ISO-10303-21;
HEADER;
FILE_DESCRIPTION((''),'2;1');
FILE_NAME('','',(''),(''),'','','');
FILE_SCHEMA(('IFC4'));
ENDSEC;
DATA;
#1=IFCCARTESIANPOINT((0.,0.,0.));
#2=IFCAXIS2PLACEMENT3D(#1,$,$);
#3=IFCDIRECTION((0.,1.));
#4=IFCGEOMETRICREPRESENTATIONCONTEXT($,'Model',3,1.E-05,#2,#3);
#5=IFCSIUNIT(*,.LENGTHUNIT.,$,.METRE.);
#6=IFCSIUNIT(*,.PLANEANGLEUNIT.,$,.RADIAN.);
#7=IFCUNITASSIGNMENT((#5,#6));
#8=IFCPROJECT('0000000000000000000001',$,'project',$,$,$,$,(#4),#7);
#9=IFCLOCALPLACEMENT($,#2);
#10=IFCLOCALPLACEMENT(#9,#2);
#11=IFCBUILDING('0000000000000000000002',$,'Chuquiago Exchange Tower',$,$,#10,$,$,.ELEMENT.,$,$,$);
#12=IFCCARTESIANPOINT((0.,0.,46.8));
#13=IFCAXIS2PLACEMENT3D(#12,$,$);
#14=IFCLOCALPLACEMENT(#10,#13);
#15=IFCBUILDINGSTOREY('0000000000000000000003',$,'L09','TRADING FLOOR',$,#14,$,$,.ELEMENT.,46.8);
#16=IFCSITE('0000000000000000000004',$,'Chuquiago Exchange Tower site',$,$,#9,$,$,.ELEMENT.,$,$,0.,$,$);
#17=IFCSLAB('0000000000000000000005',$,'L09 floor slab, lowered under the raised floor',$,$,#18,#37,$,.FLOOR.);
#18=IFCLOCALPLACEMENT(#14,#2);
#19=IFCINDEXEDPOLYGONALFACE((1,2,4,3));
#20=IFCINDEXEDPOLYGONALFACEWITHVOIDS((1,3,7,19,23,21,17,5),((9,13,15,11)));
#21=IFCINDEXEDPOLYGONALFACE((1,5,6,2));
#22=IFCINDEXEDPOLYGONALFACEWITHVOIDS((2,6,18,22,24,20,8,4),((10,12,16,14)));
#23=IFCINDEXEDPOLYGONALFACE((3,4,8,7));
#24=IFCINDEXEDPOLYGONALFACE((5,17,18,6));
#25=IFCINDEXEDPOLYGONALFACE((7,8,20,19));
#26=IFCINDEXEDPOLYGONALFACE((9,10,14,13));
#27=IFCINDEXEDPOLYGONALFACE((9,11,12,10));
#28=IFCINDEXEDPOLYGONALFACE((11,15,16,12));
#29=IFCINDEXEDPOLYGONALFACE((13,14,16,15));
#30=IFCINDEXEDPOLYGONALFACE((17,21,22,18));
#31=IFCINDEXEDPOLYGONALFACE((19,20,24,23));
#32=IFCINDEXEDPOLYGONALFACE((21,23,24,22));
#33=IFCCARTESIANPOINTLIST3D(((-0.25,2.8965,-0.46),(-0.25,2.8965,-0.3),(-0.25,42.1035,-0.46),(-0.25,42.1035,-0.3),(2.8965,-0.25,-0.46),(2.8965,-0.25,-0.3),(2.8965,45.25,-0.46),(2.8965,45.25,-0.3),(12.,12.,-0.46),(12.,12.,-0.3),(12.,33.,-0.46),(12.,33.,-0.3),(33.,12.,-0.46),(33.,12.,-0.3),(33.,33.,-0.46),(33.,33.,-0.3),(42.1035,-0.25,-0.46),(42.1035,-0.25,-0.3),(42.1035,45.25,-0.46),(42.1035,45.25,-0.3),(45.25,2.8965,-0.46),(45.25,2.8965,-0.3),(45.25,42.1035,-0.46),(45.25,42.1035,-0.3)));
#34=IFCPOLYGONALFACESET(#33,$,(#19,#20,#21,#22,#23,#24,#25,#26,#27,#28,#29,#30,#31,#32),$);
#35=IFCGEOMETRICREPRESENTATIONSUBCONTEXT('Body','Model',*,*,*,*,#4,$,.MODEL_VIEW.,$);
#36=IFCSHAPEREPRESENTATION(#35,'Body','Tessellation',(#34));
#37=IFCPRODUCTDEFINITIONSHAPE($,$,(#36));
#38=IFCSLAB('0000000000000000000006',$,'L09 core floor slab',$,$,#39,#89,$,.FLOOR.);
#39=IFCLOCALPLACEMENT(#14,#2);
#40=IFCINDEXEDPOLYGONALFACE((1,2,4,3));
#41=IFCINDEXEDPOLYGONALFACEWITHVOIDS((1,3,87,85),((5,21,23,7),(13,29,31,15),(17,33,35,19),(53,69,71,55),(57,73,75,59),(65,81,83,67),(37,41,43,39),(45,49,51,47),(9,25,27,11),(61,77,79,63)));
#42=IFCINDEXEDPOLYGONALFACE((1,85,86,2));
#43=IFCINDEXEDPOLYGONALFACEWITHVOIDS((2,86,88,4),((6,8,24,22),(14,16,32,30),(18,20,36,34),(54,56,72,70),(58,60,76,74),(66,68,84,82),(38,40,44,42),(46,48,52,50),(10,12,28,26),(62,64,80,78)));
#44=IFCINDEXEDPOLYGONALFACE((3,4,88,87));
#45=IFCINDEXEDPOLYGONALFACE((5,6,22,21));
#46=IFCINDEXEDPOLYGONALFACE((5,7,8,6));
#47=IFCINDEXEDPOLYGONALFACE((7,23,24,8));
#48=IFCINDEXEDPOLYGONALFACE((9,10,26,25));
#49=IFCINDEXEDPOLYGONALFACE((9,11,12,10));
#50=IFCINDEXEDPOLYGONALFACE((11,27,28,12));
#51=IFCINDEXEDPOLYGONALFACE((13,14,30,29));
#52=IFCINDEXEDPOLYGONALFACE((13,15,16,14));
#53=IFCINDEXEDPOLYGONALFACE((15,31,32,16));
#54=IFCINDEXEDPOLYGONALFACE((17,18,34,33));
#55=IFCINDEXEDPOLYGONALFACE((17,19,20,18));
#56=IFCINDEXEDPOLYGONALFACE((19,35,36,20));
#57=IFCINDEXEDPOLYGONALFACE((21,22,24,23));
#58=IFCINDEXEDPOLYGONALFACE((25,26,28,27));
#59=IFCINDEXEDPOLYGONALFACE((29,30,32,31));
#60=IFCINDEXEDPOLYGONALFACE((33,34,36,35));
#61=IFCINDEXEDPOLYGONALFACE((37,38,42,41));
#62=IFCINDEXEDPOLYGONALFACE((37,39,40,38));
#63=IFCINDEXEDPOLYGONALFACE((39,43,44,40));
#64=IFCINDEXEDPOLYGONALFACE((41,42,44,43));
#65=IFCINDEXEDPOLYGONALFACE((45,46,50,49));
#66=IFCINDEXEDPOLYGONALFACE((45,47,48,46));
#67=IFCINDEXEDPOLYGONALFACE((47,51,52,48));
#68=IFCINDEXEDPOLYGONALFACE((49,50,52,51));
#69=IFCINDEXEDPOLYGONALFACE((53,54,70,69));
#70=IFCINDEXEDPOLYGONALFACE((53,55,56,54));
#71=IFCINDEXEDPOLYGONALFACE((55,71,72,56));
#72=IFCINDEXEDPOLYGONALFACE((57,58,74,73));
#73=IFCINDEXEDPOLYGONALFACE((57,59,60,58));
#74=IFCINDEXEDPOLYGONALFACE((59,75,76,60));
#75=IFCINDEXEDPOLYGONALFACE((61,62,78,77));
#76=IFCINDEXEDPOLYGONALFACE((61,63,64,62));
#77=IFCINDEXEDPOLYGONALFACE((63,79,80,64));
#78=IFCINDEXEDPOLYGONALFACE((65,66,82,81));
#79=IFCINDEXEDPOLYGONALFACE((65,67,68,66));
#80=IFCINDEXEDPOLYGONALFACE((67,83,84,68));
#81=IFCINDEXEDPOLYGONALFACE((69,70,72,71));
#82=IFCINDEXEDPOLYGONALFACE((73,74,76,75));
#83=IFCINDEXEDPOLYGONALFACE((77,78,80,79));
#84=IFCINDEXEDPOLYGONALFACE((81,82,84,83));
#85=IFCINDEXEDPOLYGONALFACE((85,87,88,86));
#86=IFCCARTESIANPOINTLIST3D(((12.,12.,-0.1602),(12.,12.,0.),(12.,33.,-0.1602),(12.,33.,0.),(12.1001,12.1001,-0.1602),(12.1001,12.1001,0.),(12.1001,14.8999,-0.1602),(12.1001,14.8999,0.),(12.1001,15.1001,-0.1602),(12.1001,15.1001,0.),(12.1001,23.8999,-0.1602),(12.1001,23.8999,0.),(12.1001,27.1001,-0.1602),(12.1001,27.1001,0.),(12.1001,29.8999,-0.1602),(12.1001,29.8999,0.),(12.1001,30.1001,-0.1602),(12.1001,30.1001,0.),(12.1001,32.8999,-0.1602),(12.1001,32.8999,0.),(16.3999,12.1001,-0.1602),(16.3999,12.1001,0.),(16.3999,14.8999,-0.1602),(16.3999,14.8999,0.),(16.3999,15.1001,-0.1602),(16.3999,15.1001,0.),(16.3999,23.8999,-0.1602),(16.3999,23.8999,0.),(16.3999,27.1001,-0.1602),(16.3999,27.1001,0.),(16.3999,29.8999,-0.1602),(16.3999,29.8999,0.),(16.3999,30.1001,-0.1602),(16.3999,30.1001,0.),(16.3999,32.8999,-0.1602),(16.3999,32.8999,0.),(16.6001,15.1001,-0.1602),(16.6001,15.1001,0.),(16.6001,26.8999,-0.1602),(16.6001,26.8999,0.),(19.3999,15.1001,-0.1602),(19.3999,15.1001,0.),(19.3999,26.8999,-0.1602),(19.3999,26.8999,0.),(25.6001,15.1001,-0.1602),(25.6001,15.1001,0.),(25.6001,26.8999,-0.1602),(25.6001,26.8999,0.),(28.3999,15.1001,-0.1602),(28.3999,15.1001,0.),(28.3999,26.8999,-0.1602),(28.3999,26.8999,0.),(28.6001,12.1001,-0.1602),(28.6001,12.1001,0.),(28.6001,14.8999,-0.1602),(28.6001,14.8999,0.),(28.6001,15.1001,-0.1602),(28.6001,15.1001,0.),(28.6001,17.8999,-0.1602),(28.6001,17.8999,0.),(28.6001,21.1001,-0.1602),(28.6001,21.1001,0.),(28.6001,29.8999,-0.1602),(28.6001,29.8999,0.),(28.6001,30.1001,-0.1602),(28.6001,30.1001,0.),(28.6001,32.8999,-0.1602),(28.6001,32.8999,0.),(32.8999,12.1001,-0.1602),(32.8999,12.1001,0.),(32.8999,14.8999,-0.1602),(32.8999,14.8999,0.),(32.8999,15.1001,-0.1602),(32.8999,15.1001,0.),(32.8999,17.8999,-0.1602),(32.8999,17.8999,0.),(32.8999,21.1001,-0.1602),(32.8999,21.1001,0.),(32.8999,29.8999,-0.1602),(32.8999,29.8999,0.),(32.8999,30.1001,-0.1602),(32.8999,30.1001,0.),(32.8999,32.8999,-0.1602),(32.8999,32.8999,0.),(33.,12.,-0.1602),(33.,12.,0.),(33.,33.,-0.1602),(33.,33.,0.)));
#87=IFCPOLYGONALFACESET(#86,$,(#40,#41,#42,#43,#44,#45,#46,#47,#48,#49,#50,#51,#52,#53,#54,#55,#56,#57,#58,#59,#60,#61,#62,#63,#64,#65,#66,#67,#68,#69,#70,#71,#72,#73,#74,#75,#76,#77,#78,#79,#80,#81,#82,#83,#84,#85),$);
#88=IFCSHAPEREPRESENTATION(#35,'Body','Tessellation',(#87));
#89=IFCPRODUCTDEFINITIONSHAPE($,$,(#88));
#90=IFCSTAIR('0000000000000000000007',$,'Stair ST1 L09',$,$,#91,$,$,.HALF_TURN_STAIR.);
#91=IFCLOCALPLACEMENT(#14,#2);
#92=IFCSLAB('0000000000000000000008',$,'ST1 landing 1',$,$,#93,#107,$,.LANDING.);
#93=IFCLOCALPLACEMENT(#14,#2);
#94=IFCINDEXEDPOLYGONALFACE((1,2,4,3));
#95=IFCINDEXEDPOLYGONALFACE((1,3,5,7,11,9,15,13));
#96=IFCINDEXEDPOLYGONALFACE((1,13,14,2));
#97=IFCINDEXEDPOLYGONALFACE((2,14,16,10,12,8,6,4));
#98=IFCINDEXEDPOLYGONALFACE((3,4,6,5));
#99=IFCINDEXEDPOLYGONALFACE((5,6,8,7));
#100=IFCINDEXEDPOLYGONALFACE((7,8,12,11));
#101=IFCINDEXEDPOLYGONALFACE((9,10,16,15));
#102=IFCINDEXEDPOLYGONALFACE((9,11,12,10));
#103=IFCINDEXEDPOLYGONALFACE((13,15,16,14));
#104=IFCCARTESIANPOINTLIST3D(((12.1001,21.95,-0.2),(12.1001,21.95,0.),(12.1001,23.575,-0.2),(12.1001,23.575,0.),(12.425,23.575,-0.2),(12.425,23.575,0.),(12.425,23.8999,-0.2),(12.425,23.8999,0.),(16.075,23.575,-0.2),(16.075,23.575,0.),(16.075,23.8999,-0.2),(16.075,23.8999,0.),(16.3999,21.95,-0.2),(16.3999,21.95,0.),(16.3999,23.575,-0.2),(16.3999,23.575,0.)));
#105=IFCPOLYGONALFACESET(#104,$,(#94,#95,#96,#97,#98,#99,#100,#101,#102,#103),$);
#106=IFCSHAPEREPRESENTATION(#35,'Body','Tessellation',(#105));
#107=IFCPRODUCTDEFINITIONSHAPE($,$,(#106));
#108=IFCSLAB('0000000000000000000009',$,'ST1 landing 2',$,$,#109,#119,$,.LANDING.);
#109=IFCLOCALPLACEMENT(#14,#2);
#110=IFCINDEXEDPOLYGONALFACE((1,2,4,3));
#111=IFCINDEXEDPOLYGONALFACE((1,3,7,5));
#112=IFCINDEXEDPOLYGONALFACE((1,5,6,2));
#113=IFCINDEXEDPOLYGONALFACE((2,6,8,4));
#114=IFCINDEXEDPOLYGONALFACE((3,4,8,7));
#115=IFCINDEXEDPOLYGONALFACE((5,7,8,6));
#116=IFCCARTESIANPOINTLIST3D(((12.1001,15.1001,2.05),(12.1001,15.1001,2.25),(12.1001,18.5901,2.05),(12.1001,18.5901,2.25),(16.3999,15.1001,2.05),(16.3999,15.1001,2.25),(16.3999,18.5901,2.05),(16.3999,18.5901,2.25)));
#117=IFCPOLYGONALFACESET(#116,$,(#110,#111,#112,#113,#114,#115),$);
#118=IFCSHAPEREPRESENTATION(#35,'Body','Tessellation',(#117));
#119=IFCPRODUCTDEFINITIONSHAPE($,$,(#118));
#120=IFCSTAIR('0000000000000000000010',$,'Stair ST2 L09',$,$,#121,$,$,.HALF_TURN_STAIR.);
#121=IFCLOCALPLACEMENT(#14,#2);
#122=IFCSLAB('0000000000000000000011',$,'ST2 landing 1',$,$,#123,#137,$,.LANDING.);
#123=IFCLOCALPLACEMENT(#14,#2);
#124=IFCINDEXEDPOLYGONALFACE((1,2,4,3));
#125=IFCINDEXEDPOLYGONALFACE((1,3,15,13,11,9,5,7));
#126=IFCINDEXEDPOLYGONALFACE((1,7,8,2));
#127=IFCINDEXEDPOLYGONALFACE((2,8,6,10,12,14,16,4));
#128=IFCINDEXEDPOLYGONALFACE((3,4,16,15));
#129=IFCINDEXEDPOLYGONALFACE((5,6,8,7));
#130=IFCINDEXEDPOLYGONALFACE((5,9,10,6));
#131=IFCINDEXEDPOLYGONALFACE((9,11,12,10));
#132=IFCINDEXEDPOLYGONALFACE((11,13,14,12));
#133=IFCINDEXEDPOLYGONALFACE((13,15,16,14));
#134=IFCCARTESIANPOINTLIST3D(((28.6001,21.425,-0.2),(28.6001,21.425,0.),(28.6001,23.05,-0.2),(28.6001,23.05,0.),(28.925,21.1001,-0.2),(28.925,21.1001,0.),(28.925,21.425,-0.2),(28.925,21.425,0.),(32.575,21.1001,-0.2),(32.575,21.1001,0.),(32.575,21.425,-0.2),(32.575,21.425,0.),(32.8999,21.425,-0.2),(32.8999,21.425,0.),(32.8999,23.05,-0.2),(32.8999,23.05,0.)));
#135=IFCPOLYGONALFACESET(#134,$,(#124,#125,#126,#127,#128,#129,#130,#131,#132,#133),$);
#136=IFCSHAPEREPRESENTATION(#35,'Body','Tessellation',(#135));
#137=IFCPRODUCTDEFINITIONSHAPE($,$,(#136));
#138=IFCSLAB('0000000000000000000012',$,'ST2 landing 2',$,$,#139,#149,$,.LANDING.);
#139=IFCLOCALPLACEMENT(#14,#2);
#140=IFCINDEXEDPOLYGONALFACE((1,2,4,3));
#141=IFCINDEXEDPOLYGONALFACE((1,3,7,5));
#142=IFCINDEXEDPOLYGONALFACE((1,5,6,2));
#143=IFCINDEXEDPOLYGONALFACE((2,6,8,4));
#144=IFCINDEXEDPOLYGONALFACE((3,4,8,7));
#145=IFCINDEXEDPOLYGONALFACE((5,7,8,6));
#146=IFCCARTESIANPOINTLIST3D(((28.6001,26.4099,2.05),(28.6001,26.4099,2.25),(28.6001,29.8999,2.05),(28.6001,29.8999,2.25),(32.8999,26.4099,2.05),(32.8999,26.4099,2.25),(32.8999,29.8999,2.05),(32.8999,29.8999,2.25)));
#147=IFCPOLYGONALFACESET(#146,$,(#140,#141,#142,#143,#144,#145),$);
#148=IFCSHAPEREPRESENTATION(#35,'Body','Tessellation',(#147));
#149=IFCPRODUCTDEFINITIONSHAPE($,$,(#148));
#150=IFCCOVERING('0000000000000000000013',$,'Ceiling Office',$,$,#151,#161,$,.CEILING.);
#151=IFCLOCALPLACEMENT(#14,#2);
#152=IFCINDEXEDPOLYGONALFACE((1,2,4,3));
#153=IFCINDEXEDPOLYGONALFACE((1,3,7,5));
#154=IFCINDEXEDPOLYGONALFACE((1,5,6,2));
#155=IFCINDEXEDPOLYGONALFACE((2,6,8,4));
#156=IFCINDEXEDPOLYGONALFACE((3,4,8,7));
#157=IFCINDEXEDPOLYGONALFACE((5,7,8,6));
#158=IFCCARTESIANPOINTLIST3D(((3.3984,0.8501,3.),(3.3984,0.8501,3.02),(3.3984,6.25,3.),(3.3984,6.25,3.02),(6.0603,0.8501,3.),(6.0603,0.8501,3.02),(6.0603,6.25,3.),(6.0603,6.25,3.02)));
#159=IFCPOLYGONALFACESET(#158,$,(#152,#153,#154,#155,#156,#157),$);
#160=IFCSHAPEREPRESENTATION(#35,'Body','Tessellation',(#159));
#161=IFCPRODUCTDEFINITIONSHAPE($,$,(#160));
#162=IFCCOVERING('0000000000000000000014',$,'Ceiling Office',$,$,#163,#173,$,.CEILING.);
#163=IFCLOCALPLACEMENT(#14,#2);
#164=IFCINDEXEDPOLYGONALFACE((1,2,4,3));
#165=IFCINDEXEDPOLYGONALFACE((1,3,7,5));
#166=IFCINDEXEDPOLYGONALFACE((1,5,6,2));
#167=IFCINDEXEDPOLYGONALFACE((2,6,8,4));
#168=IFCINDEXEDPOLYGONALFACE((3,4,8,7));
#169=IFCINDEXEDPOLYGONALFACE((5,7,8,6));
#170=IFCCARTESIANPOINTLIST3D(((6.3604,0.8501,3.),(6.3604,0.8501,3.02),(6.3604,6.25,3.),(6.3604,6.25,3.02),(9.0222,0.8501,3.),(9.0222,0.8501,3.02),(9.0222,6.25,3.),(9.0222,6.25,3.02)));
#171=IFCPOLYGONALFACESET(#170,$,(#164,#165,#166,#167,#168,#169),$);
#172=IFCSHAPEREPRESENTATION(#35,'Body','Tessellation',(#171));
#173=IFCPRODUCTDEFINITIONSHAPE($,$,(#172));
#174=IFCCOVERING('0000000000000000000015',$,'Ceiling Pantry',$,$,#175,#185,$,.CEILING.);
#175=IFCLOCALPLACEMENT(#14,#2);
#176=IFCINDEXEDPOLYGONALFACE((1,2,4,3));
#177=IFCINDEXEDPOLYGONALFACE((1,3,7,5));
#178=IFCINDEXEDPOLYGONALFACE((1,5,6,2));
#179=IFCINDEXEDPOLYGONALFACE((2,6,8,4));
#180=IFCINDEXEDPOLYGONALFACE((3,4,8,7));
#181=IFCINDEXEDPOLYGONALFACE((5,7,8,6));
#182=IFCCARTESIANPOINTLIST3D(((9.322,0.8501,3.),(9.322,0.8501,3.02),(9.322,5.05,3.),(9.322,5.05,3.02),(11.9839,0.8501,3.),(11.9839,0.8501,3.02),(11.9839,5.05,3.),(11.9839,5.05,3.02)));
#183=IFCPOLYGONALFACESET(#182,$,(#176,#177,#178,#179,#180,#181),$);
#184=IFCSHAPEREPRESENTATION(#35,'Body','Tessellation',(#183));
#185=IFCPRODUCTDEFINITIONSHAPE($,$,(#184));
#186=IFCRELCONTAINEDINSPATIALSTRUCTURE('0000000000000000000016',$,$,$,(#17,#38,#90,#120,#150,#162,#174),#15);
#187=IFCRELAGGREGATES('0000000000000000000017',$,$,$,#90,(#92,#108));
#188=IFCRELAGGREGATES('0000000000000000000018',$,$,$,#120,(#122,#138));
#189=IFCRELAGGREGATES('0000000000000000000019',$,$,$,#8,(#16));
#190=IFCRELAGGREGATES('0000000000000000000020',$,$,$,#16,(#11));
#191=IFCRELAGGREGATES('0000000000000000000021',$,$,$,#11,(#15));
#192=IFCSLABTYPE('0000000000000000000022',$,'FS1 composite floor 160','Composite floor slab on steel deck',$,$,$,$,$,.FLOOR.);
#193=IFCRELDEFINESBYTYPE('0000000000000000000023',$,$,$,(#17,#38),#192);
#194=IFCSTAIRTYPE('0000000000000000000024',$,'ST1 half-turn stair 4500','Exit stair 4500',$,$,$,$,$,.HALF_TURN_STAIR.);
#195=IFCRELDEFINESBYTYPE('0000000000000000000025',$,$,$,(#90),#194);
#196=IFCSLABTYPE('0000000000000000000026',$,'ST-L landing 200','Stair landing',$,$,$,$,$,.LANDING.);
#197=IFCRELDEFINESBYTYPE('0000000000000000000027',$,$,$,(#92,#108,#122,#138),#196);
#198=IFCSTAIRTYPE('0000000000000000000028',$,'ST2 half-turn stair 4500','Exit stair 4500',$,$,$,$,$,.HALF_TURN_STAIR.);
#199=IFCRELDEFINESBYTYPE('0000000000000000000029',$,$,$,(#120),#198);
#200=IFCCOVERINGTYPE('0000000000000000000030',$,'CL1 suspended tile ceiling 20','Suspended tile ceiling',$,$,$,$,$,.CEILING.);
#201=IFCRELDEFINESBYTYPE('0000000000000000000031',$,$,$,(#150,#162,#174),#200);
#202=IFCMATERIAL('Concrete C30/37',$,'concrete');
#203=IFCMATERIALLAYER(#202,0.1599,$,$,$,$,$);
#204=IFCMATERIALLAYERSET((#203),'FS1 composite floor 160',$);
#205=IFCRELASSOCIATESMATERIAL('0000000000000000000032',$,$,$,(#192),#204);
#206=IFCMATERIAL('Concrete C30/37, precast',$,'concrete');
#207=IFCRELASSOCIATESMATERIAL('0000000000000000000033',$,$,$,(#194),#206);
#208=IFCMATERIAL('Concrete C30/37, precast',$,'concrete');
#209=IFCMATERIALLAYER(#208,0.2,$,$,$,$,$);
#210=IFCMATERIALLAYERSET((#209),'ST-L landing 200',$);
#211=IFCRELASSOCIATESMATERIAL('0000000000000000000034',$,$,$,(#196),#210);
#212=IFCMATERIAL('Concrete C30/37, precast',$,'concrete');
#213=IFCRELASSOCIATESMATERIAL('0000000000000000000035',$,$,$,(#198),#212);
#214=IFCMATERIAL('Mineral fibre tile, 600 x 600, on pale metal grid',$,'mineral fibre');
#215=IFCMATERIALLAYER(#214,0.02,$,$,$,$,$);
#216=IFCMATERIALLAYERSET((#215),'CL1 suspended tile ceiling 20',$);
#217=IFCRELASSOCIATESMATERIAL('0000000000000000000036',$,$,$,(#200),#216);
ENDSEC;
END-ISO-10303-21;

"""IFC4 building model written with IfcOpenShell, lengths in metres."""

from ifc_helpers import new_model, si_unit, direction, frame, origin, place, context, subcontext, project, spatial, polyline, outline, extrude, material, layer, layer_set, type_object, element, aggregate, save


model = new_model("IFC4")

# Units and contexts
model_context = context("Model", 3, precision=1e-05, world=origin(), true_north=direction((0.0, 1.0)))
body_context = subcontext(model_context, "Body", "Model", "MODEL_VIEW")
ifc_project = project(units=[si_unit("LENGTHUNIT", "METRE"), si_unit("PLANEANGLEUNIT", "RADIAN")], contexts=[model_context])

# Site, building, storey
site_placement = place(None, origin())
site = spatial("IfcSite", under=ifc_project, at=site_placement, Name="Chuquiago Exchange Tower site", CompositionType="ELEMENT", RefElevation=0.0)
building_placement = place(site_placement, origin())
building = spatial("IfcBuilding", under=site, at=building_placement, Name="Chuquiago Exchange Tower", CompositionType="ELEMENT")
storey_placement = place(building_placement, frame((0.0, 0.0, 46.8)))
storey = spatial("IfcBuildingStorey", under=building, at=storey_placement, Name="L09", Description="TRADING FLOOR", CompositionType="ELEMENT", Elevation=46.8)

# Slabs
ifc_material_1 = material(Name="Concrete C30/37", Category="concrete")
ifc_layer_1 = layer(ifc_material_1, 0.1599)
ifc_layer_set_1 = layer_set([ifc_layer_1], Name="FS1 composite floor 160")
slab_type_1 = type_object("IfcSlabType", Name="FS1 composite floor 160", Description="Composite floor slab on steel deck", PredefinedType="FLOOR", material=ifc_layer_set_1)
slab_1_placement = place(storey_placement, frame((0.0, 0.0, -0.46)))
element("IfcSlab", 1, at=slab_1_placement, inside=storey, type_object=slab_type_1, Name="L09 floor slab, lowered under the raised floor", PredefinedType="FLOOR", context=body_context, shape_type="SweptSolid", body=[
    extrude(outline(polyline([(-0.25, 2.8965), (-0.25, 42.1035), (2.8965, 45.25), (42.1035, 45.25), (45.25, 42.1035), (45.25, 2.8965), (42.1035, -0.25), (2.8965, -0.25), (-0.25, 2.8965)]), holes=[polyline([(33.0, 33.0), (12.0, 33.0), (12.0, 12.0), (33.0, 12.0), (33.0, 33.0)])]), origin(), (0.0, 0.0, 1.0), 0.1599),
])
slab_2_placement = place(storey_placement, frame((0.0, 0.0, -0.1602)))
element("IfcSlab", 2, at=slab_2_placement, inside=storey, type_object=slab_type_1, Name="L09 core floor slab", PredefinedType="FLOOR", context=body_context, shape_type="SweptSolid", body=[
    extrude(outline(polyline([(33.0, 12.0), (33.0, 33.0), (12.0, 33.0), (12.0, 12.0), (33.0, 12.0)]), holes=[polyline([(16.3999, 15.1001), (12.1001, 15.1001), (12.1001, 23.8999), (16.3999, 23.8999), (16.3999, 15.1001)]), polyline([(32.8999, 21.1001), (28.6001, 21.1001), (28.6001, 29.8999), (32.8999, 29.8999), (32.8999, 21.1001)]), polyline([(16.3999, 12.1001), (12.1001, 12.1001), (12.1001, 14.8999), (16.3999, 14.8999), (16.3999, 12.1001)]), polyline([(16.3999, 30.1001), (12.1001, 30.1001), (12.1001, 32.8999), (16.3999, 32.8999), (16.3999, 30.1001)]), polyline([(32.8999, 12.1001), (28.6001, 12.1001), (28.6001, 14.8999), (32.8999, 14.8999), (32.8999, 12.1001)]), polyline([(32.8999, 30.1001), (28.6001, 30.1001), (28.6001, 32.8999), (32.8999, 32.8999), (32.8999, 30.1001)]), polyline([(16.3999, 27.1001), (12.1001, 27.1001), (12.1001, 29.8999), (16.3999, 29.8999), (16.3999, 27.1001)]), polyline([(32.8999, 15.1001), (28.6001, 15.1001), (28.6001, 17.8999), (32.8999, 17.8999), (32.8999, 15.1001)]), polyline([(19.3999, 15.1001), (16.6001, 15.1001), (16.6001, 26.8999), (19.3999, 26.8999), (19.3999, 15.1001)]), polyline([(28.3999, 15.1001), (25.6001, 15.1001), (25.6001, 26.8999), (28.3999, 26.8999), (28.3999, 15.1001)])]), origin(), (0.0, 0.0, 1.0), 0.1602),
])

# Stairs, slabs
ifc_material_2 = material(Name="Concrete C30/37, precast", Category="concrete")
stair_type_1 = type_object("IfcStairType", Name="ST1 half-turn stair 4500", Description="Exit stair 4500", PredefinedType="HALF_TURN_STAIR", material=ifc_material_2)
stair_1_placement = place(storey_placement, origin())
stair_1 = element("IfcStair", 3, at=stair_1_placement, inside=storey, type_object=stair_type_1, Name="Stair ST1 L09", PredefinedType="HALF_TURN_STAIR")
ifc_material_3 = material(Name="Concrete C30/37, precast", Category="concrete")
ifc_layer_2 = layer(ifc_material_3, 0.2)
ifc_layer_set_2 = layer_set([ifc_layer_2], Name="ST-L landing 200")
slab_type_2 = type_object("IfcSlabType", Name="ST-L landing 200", Description="Stair landing", PredefinedType="LANDING", material=ifc_layer_set_2)
slab_3_placement = place(storey_placement, frame((0.0, 0.0, -0.2)))
slab_3 = element("IfcSlab", 4, at=slab_3_placement, type_object=slab_type_2, Name="ST1 landing 1", PredefinedType="LANDING", context=body_context, shape_type="SweptSolid", body=[
    extrude(outline(polyline([(12.425, 23.8999), (16.075, 23.8999), (16.075, 23.575), (16.3999, 23.575), (16.3999, 21.95), (12.1001, 21.95), (12.1001, 23.575), (12.425, 23.575), (12.425, 23.8999)])), origin(), (0.0, 0.0, 1.0), 0.2),
])
slab_4_placement = place(storey_placement, frame((0.0, 0.0, 2.05)))
slab_4 = element("IfcSlab", 5, at=slab_4_placement, type_object=slab_type_2, Name="ST1 landing 2", PredefinedType="LANDING", context=body_context, shape_type="SweptSolid", body=[
    extrude(outline(polyline([(12.1001, 18.5901), (16.3999, 18.5901), (16.3999, 15.1001), (12.1001, 15.1001), (12.1001, 18.5901)])), origin(), (0.0, 0.0, 1.0), 0.2),
])
aggregate(stair_1, [slab_3, slab_4])
ifc_material_4 = material(Name="Concrete C30/37, precast", Category="concrete")
stair_type_2 = type_object("IfcStairType", Name="ST2 half-turn stair 4500", Description="Exit stair 4500", PredefinedType="HALF_TURN_STAIR", material=ifc_material_4)
stair_2_placement = place(storey_placement, origin())
stair_2 = element("IfcStair", 6, at=stair_2_placement, inside=storey, type_object=stair_type_2, Name="Stair ST2 L09", PredefinedType="HALF_TURN_STAIR")
slab_5_placement = place(storey_placement, frame((0.0, 0.0, -0.2)))
slab_5 = element("IfcSlab", 7, at=slab_5_placement, type_object=slab_type_2, Name="ST2 landing 1", PredefinedType="LANDING", context=body_context, shape_type="SweptSolid", body=[
    extrude(outline(polyline([(32.575, 21.425), (32.575, 21.1001), (28.925, 21.1001), (28.925, 21.425), (28.6001, 21.425), (28.6001, 23.05), (32.8999, 23.05), (32.8999, 21.425), (32.575, 21.425)])), origin(), (0.0, 0.0, 1.0), 0.2),
])
slab_6_placement = place(storey_placement, frame((0.0, 0.0, 2.05)))
slab_6 = element("IfcSlab", 8, at=slab_6_placement, type_object=slab_type_2, Name="ST2 landing 2", PredefinedType="LANDING", context=body_context, shape_type="SweptSolid", body=[
    extrude(outline(polyline([(28.6001, 29.8999), (32.8999, 29.8999), (32.8999, 26.4099), (28.6001, 26.4099), (28.6001, 29.8999)])), origin(), (0.0, 0.0, 1.0), 0.2),
])
aggregate(stair_2, [slab_5, slab_6])

# Coverings
ifc_material_5 = material(Name="Mineral fibre tile, 600 x 600, on pale metal grid", Category="mineral fibre")
ifc_layer_3 = layer(ifc_material_5, 0.02)
ifc_layer_set_3 = layer_set([ifc_layer_3], Name="CL1 suspended tile ceiling 20")
covering_type_1 = type_object("IfcCoveringType", Name="CL1 suspended tile ceiling 20", Description="Suspended tile ceiling", PredefinedType="CEILING", material=ifc_layer_set_3)
covering_1_placement = place(storey_placement, frame((0.0, 0.0, 3.0)))
element("IfcCovering", 9, at=covering_1_placement, inside=storey, type_object=covering_type_1, Name="Ceiling Office", PredefinedType="CEILING", context=body_context, shape_type="SweptSolid", body=[
    extrude(outline(polyline([(3.3984, 6.25), (6.0603, 6.25), (6.0603, 0.8501), (3.3984, 0.8501), (3.3984, 6.25)])), origin(), (0.0, 0.0, 1.0), 0.02),
])
covering_2_placement = place(storey_placement, frame((0.0, 0.0, 3.0)))
element("IfcCovering", 10, at=covering_2_placement, inside=storey, type_object=covering_type_1, Name="Ceiling Office", PredefinedType="CEILING", context=body_context, shape_type="SweptSolid", body=[
    extrude(outline(polyline([(6.3604, 6.25), (9.0222, 6.25), (9.0222, 0.8501), (6.3604, 0.8501), (6.3604, 6.25)])), origin(), (0.0, 0.0, 1.0), 0.02),
])
covering_3_placement = place(storey_placement, frame((0.0, 0.0, 3.0)))
element("IfcCovering", 11, at=covering_3_placement, inside=storey, type_object=covering_type_1, Name="Ceiling Pantry", PredefinedType="CEILING", context=body_context, shape_type="SweptSolid", body=[
    extrude(outline(polyline([(9.322, 5.05), (11.9839, 5.05), (11.9839, 0.8501), (9.322, 0.8501), (9.322, 5.05)])), origin(), (0.0, 0.0, 1.0), 0.02),
])

save(model, "model.ifc")
